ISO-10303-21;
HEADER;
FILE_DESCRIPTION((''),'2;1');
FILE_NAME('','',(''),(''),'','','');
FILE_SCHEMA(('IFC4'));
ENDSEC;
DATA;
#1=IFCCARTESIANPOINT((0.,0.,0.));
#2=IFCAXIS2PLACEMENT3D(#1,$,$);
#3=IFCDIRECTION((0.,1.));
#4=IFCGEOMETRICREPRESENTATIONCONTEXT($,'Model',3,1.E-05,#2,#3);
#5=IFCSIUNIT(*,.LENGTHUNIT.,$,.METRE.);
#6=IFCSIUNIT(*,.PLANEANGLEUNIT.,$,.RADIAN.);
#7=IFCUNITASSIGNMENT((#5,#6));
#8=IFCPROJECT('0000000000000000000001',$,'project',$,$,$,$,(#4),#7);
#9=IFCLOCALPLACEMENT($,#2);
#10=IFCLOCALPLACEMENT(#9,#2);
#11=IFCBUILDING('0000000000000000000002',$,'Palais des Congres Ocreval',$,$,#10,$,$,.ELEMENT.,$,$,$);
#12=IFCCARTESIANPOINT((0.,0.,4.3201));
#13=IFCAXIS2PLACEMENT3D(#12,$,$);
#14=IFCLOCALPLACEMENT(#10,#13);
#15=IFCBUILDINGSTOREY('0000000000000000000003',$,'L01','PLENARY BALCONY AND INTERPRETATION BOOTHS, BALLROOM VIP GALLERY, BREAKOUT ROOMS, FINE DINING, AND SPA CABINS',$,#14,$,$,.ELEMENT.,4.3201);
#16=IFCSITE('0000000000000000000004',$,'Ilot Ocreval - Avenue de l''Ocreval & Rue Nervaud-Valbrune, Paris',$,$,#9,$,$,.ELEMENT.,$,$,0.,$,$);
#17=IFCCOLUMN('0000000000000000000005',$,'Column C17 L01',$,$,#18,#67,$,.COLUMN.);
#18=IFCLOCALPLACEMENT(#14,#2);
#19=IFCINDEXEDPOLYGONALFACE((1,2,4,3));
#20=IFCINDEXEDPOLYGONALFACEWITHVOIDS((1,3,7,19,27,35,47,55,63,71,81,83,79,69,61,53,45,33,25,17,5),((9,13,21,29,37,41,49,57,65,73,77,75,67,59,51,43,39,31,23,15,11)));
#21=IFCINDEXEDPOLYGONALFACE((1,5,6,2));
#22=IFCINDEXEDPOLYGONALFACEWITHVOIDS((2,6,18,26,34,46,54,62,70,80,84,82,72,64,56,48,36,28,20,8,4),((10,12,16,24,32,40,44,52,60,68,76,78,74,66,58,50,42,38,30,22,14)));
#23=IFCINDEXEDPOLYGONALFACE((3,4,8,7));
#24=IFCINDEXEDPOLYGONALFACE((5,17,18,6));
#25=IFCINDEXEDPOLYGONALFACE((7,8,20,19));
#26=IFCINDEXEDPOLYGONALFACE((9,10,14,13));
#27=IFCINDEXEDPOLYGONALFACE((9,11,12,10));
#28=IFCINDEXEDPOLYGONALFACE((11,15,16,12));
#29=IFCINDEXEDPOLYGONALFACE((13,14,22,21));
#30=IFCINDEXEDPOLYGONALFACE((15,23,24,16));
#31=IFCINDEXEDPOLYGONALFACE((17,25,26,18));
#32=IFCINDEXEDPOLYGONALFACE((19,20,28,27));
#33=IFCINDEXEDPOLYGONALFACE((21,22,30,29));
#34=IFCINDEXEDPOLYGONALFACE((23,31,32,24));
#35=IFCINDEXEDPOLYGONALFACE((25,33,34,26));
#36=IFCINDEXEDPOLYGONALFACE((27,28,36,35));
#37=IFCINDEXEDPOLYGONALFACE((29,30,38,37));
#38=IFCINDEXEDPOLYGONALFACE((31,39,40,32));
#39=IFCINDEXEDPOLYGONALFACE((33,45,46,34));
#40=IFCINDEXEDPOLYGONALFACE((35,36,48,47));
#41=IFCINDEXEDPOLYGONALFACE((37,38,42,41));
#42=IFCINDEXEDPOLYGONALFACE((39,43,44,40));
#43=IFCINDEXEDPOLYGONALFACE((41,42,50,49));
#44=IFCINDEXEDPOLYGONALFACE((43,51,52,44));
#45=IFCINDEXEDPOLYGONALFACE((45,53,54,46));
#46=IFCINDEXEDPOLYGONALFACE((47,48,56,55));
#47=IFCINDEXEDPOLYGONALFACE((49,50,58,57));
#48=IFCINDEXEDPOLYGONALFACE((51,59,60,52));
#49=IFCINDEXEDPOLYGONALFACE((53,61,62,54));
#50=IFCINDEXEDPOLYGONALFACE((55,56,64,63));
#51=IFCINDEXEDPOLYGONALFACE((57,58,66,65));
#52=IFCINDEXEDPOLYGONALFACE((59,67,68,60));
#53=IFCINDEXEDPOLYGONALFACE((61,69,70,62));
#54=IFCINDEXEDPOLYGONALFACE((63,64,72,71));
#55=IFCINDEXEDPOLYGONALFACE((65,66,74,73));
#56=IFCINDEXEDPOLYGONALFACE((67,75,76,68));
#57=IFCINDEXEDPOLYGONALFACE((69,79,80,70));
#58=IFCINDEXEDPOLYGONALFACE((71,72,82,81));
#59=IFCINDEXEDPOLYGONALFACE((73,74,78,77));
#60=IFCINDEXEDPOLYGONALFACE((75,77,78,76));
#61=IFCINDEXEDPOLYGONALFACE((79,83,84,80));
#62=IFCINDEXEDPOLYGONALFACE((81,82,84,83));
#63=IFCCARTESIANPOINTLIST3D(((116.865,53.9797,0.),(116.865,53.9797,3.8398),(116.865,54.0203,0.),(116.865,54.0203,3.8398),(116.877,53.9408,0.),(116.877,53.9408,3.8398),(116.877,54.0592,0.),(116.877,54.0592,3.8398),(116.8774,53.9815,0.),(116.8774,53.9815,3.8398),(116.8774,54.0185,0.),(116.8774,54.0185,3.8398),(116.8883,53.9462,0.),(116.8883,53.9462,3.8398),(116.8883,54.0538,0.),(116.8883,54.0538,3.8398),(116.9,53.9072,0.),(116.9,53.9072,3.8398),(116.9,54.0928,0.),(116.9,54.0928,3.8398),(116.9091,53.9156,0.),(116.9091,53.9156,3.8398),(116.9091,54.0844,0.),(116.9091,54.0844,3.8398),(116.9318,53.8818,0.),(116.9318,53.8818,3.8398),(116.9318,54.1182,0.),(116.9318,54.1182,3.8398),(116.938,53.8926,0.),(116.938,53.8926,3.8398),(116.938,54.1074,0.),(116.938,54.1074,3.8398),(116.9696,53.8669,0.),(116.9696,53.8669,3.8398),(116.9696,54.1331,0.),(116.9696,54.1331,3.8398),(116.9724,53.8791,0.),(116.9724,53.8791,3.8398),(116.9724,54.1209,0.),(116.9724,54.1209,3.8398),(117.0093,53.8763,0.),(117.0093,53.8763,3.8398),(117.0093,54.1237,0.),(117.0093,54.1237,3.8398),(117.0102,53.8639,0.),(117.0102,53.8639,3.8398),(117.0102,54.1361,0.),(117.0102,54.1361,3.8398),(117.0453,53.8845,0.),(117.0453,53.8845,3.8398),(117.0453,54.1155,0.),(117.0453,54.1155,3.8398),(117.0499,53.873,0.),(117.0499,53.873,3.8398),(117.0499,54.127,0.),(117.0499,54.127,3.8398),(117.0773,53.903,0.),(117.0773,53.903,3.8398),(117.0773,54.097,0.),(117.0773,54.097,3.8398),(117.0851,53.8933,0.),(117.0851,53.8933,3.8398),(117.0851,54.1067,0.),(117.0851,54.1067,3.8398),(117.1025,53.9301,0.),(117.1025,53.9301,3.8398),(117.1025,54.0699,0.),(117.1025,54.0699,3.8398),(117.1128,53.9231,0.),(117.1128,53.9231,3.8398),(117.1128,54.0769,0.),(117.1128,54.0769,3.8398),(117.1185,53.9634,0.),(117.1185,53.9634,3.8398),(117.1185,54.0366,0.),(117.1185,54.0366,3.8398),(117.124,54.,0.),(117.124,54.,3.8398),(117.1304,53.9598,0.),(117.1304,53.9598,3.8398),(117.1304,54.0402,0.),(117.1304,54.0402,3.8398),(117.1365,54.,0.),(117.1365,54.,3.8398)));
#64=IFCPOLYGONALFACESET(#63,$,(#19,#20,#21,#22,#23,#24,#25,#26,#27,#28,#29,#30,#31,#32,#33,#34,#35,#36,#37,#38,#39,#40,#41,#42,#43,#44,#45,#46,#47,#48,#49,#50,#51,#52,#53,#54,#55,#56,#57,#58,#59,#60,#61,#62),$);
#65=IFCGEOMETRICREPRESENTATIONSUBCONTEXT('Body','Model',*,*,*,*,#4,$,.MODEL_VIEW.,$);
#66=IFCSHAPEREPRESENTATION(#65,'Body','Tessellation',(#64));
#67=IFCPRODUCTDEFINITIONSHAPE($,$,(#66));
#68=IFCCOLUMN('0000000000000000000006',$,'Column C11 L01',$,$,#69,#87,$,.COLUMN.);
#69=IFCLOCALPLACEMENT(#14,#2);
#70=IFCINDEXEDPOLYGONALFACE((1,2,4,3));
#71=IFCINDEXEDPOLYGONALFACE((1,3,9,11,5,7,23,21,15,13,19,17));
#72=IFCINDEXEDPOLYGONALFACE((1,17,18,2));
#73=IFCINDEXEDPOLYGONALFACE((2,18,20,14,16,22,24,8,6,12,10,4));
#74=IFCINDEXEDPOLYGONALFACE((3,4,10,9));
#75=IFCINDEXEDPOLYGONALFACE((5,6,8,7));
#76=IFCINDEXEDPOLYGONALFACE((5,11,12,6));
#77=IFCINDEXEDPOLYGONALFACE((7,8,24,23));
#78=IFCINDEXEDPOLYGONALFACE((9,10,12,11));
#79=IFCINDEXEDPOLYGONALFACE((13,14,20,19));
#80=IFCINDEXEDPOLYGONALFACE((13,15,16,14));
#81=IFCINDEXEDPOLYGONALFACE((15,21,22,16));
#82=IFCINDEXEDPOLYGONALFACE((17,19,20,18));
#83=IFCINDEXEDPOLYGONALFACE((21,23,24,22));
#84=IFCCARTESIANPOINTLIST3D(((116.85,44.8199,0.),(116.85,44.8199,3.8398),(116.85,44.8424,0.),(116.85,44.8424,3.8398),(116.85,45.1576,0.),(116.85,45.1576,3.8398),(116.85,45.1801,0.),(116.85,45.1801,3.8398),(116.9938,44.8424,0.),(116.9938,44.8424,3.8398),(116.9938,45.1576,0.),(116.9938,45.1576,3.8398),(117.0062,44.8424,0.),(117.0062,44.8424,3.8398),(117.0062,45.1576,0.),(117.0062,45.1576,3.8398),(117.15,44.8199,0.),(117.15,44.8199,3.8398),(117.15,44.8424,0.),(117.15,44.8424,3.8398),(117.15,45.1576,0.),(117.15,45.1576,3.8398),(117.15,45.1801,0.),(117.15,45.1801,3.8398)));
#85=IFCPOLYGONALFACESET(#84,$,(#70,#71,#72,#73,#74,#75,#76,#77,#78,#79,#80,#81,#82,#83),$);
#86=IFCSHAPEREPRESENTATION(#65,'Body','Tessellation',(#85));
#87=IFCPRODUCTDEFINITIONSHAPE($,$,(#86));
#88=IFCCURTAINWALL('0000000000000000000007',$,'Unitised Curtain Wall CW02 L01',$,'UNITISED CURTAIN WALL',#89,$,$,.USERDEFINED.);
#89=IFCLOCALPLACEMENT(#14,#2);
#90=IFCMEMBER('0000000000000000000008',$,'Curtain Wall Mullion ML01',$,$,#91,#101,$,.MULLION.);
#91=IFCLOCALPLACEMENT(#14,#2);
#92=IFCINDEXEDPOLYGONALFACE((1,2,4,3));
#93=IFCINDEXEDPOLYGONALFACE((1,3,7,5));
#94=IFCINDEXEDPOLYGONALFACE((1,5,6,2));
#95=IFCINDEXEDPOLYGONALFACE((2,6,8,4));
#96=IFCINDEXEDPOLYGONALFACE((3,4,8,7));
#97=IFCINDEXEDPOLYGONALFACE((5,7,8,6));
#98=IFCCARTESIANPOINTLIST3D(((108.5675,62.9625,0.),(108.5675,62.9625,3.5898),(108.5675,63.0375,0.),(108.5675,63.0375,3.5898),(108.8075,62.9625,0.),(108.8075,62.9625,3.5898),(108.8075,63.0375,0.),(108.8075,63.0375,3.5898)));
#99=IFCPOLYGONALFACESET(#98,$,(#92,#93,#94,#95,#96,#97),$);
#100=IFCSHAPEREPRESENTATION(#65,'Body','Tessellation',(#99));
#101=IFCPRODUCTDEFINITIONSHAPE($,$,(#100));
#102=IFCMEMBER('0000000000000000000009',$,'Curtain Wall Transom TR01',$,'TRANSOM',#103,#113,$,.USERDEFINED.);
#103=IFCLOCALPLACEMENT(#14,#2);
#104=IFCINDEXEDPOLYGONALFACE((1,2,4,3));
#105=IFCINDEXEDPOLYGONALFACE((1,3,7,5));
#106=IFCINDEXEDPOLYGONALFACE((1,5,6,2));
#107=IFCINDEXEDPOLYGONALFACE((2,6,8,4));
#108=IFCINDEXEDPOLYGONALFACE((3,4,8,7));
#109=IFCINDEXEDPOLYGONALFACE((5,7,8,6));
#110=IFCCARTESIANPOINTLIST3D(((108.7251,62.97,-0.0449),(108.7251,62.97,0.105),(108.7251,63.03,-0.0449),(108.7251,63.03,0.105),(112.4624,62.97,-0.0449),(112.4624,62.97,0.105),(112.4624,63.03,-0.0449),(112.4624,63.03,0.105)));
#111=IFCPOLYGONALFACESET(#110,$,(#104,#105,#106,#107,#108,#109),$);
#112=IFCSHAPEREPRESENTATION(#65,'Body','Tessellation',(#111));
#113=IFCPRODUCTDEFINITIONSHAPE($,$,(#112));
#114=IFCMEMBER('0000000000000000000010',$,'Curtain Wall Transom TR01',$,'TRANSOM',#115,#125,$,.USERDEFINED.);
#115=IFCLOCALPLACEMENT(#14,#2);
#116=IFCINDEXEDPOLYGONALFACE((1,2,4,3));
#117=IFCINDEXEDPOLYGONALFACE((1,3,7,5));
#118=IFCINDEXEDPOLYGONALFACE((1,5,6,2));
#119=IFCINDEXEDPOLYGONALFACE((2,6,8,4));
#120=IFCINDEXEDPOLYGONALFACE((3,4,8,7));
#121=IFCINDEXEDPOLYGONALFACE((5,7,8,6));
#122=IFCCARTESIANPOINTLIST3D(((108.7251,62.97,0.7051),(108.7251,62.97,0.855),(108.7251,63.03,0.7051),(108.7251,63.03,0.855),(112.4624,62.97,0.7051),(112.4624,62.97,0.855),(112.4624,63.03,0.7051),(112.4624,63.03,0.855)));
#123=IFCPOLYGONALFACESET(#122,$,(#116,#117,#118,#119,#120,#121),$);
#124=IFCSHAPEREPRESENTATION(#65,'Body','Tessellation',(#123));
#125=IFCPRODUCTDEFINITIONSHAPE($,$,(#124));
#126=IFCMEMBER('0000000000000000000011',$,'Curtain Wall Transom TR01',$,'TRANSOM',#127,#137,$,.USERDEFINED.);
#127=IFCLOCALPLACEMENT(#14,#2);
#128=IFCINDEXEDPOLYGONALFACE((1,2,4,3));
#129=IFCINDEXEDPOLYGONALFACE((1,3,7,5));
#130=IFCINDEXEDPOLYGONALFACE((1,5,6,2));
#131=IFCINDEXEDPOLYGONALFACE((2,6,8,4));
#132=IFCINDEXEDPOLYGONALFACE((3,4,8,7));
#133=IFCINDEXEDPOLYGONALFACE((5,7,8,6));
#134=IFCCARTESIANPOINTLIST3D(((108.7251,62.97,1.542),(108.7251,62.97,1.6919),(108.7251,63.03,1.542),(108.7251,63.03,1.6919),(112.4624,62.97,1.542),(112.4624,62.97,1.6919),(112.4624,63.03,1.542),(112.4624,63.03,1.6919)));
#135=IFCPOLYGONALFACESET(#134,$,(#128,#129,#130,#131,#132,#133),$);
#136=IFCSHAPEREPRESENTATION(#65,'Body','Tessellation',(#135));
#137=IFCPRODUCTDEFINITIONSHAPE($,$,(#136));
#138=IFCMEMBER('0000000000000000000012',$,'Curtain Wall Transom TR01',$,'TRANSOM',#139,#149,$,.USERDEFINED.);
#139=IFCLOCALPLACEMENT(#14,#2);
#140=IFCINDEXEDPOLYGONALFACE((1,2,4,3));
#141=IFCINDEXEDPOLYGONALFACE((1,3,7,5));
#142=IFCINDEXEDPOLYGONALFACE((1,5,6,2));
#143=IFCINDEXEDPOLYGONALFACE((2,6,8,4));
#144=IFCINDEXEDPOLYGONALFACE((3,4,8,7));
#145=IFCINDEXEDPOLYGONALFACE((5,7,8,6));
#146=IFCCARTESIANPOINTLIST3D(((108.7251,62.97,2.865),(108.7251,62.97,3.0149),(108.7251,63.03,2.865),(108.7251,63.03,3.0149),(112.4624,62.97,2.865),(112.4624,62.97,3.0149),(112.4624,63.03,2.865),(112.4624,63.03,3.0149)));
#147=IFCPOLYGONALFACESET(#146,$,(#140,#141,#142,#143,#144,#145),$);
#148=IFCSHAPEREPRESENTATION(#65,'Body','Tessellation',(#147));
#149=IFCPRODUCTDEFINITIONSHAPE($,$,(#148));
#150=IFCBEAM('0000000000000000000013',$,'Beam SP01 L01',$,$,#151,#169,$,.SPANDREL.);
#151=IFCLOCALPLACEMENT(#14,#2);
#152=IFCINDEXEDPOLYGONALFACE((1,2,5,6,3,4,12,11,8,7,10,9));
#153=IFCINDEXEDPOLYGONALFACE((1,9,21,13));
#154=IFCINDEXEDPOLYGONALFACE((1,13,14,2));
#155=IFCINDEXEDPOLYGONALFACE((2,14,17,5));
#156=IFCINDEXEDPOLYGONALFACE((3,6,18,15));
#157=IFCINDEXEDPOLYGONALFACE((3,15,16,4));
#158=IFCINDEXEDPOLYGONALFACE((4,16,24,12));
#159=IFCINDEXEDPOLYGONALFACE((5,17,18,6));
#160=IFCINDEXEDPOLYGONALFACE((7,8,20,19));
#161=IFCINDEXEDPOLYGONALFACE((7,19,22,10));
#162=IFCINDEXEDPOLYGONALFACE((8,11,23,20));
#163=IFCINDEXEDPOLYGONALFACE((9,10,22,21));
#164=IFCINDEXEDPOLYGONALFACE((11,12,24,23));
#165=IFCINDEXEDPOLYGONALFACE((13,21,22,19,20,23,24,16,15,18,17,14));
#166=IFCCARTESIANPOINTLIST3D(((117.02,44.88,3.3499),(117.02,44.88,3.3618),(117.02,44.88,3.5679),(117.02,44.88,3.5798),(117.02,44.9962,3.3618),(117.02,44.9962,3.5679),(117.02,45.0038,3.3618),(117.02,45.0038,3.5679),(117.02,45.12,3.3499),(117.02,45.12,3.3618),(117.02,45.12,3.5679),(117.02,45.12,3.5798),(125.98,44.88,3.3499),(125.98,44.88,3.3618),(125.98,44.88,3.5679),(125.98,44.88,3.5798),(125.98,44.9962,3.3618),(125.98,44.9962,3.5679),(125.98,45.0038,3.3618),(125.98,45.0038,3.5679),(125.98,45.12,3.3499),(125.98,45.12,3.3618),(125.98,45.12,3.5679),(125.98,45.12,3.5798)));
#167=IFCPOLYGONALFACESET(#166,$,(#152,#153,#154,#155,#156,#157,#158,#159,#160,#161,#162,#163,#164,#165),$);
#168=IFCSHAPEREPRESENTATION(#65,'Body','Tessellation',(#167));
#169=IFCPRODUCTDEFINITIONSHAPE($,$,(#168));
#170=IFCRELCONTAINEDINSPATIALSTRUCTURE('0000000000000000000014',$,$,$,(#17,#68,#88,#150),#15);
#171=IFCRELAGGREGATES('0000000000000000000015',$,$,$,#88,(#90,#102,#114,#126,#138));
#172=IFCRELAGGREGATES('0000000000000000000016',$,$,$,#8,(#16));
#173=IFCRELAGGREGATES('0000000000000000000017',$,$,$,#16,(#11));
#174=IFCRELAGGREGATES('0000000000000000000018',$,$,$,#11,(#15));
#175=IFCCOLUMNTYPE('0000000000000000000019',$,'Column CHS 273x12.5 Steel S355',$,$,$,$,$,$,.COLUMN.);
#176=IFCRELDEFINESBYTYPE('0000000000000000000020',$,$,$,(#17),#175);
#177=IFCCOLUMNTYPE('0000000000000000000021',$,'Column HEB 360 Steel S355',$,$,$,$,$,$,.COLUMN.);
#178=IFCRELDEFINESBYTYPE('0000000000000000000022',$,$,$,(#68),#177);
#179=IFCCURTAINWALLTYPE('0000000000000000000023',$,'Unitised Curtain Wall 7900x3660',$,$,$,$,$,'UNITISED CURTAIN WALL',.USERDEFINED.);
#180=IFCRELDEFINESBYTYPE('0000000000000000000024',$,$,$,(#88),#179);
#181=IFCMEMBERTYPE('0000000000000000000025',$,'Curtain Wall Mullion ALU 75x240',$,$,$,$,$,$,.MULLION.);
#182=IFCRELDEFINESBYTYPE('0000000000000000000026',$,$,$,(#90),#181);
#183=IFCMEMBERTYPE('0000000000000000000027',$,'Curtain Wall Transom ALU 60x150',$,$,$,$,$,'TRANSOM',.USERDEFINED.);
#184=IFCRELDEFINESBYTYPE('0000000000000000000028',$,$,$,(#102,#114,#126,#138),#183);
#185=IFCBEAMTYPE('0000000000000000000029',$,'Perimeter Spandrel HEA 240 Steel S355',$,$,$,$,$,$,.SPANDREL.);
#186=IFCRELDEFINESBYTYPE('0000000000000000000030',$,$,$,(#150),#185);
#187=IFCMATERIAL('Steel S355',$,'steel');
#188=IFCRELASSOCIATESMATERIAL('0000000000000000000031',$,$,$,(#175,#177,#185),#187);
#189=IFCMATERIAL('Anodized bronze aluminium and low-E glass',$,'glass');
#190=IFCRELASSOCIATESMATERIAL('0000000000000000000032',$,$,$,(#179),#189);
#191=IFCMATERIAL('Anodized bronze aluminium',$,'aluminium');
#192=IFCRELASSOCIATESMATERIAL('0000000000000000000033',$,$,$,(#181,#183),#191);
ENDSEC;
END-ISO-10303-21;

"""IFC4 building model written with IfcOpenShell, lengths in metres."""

from ifc_helpers import new_model, si_unit, direction, frame, origin, origin_2d, place, context, subcontext, project, spatial, rectangle, hollow_circle, i_section, extrude, material, material_profile, profile_set, type_object, element, aggregate, save


model = new_model("IFC4")

# Units and contexts
model_context = context("Model", 3, precision=1e-05, world=origin(), true_north=direction((0.0, 1.0)))
body_context = subcontext(model_context, "Body", "Model", "MODEL_VIEW")
ifc_project = project(units=[si_unit("LENGTHUNIT", "METRE"), si_unit("PLANEANGLEUNIT", "RADIAN")], contexts=[model_context])

# Site, building, storey
site_placement = place(None, origin())
site = spatial("IfcSite", under=ifc_project, at=site_placement, Name="Ilot Ocreval - Avenue de l'Ocreval & Rue Nervaud-Valbrune, Paris", CompositionType="ELEMENT", RefElevation=0.0)
building_placement = place(site_placement, origin())
building = spatial("IfcBuilding", under=site, at=building_placement, Name="Palais des Congres Ocreval", CompositionType="ELEMENT")
storey_placement = place(building_placement, frame((0.0, 0.0, 4.3201)))
storey = spatial("IfcBuildingStorey", under=building, at=storey_placement, Name="L01", Description="PLENARY BALCONY AND INTERPRETATION BOOTHS, BALLROOM VIP GALLERY, BREAKOUT ROOMS, FINE DINING, AND SPA CABINS", CompositionType="ELEMENT", Elevation=4.3201)

# Columns
ifc_material_1 = material(Name="Steel S355", Category="steel")
ifc_material_profile_1 = material_profile(ifc_material_1, hollow_circle(Radius=0.1365, WallThickness=0.0125, at=origin_2d()), Name="CHS 273x12.5")
ifc_profile_set_1 = profile_set([ifc_material_profile_1], Name="Steel S355")
column_type_1 = type_object("IfcColumnType", Name="Column CHS 273x12.5 Steel S355", PredefinedType="COLUMN", material=ifc_profile_set_1)
column_1_placement = place(storey_placement, frame((117.0, 54.0, 0.0), z_axis=(0.0, 0.0, 1.0), x_axis=(1.0, 0.0, 0.0)))
element("IfcColumn", 1, at=column_1_placement, inside=storey, type_object=column_type_1, Name="Column C17 L01", PredefinedType="COLUMN", context=body_context, shape_type="SweptSolid", body=[
    extrude(hollow_circle(Radius=0.1365, WallThickness=0.0125, at=origin_2d()), origin(), (0.0, 0.0, 1.0), 3.8398),
])
ifc_material_profile_2 = material_profile(ifc_material_1, i_section(OverallWidth=0.3, OverallDepth=0.3601, WebThickness=0.0125, FlangeThickness=0.0225, at=origin_2d()), Name="HEB 360")
ifc_profile_set_2 = profile_set([ifc_material_profile_2], Name="Steel S355")
column_type_2 = type_object("IfcColumnType", Name="Column HEB 360 Steel S355", PredefinedType="COLUMN", material=ifc_profile_set_2)
column_2_placement = place(storey_placement, frame((117.0, 45.0, 0.0), z_axis=(0.0, 0.0, 1.0), x_axis=(1.0, 0.0, 0.0)))
element("IfcColumn", 2, at=column_2_placement, inside=storey, type_object=column_type_2, Name="Column C11 L01", PredefinedType="COLUMN", context=body_context, shape_type="SweptSolid", body=[
    extrude(i_section(OverallWidth=0.3, OverallDepth=0.3601, WebThickness=0.0125, FlangeThickness=0.0225, at=origin_2d()), origin(), (0.0, 0.0, 1.0), 3.8398),
])

# Curtain wall, members
ifc_material_2 = material(Name="Anodized bronze aluminium and low-E glass", Category="glass")
curtain_wall_type = type_object("IfcCurtainWallType", Name="Unitised Curtain Wall 7900x3660", ElementType="UNITISED CURTAIN WALL", PredefinedType="USERDEFINED", material=ifc_material_2)
curtain_wall_placement = place(storey_placement, origin())
curtain_wall = element("IfcCurtainWall", 3, at=curtain_wall_placement, inside=storey, type_object=curtain_wall_type, Name="Unitised Curtain Wall CW02 L01", ObjectType="UNITISED CURTAIN WALL", PredefinedType="USERDEFINED")
ifc_material_3 = material(Name="Anodized bronze aluminium", Category="aluminium")
ifc_material_profile_3 = material_profile(ifc_material_3, rectangle(XDim=0.075, YDim=0.24, at=origin_2d()), Name="ALU 75x240")
ifc_profile_set_3 = profile_set([ifc_material_profile_3], Name="Anodized bronze aluminium")
member_type_1 = type_object("IfcMemberType", Name="Curtain Wall Mullion ALU 75x240", PredefinedType="MULLION", material=ifc_profile_set_3)
member_1_placement = place(storey_placement, frame((108.6875, 63.0, 0.0), z_axis=(0.0, 0.0, 1.0), x_axis=(0.0, 1.0, 0.0)))
member_1 = element("IfcMember", 4, at=member_1_placement, type_object=member_type_1, Name="Curtain Wall Mullion ML01", PredefinedType="MULLION", context=body_context, shape_type="SweptSolid", body=[
    extrude(rectangle(XDim=0.075, YDim=0.24, at=origin_2d()), origin(), (0.0, 0.0, 1.0), 3.5898),
])
ifc_material_profile_4 = material_profile(ifc_material_3, rectangle(XDim=0.0601, YDim=0.1499, at=origin_2d()), Name="ALU 60x150")
ifc_profile_set_4 = profile_set([ifc_material_profile_4], Name="Anodized bronze aluminium")
member_type_2 = type_object("IfcMemberType", Name="Curtain Wall Transom ALU 60x150", ElementType="TRANSOM", PredefinedType="USERDEFINED", material=ifc_profile_set_4)
member_2_placement = place(storey_placement, frame((108.7251, 63.0, 0.03), z_axis=(1.0, 0.0, 0.0), x_axis=(0.0, 1.0, 0.0)))
member_2 = element("IfcMember", 5, at=member_2_placement, type_object=member_type_2, Name="Curtain Wall Transom TR01", ObjectType="TRANSOM", PredefinedType="USERDEFINED", context=body_context, shape_type="SweptSolid", body=[
    extrude(rectangle(XDim=0.0601, YDim=0.1499, at=origin_2d()), origin(), (0.0, 0.0, 1.0), 3.7373),
])
member_3_placement = place(storey_placement, frame((108.7251, 63.0, 0.78), z_axis=(1.0, 0.0, 0.0), x_axis=(0.0, 1.0, 0.0)))
member_3 = element("IfcMember", 6, at=member_3_placement, type_object=member_type_2, Name="Curtain Wall Transom TR01", ObjectType="TRANSOM", PredefinedType="USERDEFINED", context=body_context, shape_type="SweptSolid", body=[
    extrude(rectangle(XDim=0.0601, YDim=0.1499, at=origin_2d()), origin(), (0.0, 0.0, 1.0), 3.7373),
])
member_4_placement = place(storey_placement, frame((108.7251, 63.0, 1.6169), z_axis=(1.0, 0.0, 0.0), x_axis=(0.0, 1.0, 0.0)))
member_4 = element("IfcMember", 7, at=member_4_placement, type_object=member_type_2, Name="Curtain Wall Transom TR01", ObjectType="TRANSOM", PredefinedType="USERDEFINED", context=body_context, shape_type="SweptSolid", body=[
    extrude(rectangle(XDim=0.0601, YDim=0.1499, at=origin_2d()), origin(), (0.0, 0.0, 1.0), 3.7373),
])
member_5_placement = place(storey_placement, frame((108.7251, 63.0, 2.9399), z_axis=(1.0, 0.0, 0.0), x_axis=(0.0, 1.0, 0.0)))
member_5 = element("IfcMember", 8, at=member_5_placement, type_object=member_type_2, Name="Curtain Wall Transom TR01", ObjectType="TRANSOM", PredefinedType="USERDEFINED", context=body_context, shape_type="SweptSolid", body=[
    extrude(rectangle(XDim=0.0601, YDim=0.1499, at=origin_2d()), origin(), (0.0, 0.0, 1.0), 3.7373),
])
aggregate(curtain_wall, [member_1, member_2, member_3, member_4, member_5])

# Beam
ifc_material_profile_5 = material_profile(ifc_material_1, i_section(OverallWidth=0.24, OverallDepth=0.23, WebThickness=0.0076, FlangeThickness=0.012, at=origin_2d()), Name="HEA 240")
ifc_profile_set_5 = profile_set([ifc_material_profile_5], Name="Steel S355")
beam_type_1 = type_object("IfcBeamType", Name="Perimeter Spandrel HEA 240 Steel S355", PredefinedType="SPANDREL", material=ifc_profile_set_5)
beam_1_placement = place(storey_placement, frame((117.02, 45.0, 3.4648), z_axis=(1.0, 0.0, 0.0), x_axis=(0.0, 1.0, 0.0)))
element("IfcBeam", 9, at=beam_1_placement, inside=storey, type_object=beam_type_1, Name="Beam SP01 L01", PredefinedType="SPANDREL", context=body_context, shape_type="SweptSolid", body=[
    extrude(i_section(OverallWidth=0.24, OverallDepth=0.23, WebThickness=0.0076, FlangeThickness=0.012, at=origin_2d()), origin(), (0.0, 0.0, 1.0), 8.96),
])

save(model, "model.ifc")
